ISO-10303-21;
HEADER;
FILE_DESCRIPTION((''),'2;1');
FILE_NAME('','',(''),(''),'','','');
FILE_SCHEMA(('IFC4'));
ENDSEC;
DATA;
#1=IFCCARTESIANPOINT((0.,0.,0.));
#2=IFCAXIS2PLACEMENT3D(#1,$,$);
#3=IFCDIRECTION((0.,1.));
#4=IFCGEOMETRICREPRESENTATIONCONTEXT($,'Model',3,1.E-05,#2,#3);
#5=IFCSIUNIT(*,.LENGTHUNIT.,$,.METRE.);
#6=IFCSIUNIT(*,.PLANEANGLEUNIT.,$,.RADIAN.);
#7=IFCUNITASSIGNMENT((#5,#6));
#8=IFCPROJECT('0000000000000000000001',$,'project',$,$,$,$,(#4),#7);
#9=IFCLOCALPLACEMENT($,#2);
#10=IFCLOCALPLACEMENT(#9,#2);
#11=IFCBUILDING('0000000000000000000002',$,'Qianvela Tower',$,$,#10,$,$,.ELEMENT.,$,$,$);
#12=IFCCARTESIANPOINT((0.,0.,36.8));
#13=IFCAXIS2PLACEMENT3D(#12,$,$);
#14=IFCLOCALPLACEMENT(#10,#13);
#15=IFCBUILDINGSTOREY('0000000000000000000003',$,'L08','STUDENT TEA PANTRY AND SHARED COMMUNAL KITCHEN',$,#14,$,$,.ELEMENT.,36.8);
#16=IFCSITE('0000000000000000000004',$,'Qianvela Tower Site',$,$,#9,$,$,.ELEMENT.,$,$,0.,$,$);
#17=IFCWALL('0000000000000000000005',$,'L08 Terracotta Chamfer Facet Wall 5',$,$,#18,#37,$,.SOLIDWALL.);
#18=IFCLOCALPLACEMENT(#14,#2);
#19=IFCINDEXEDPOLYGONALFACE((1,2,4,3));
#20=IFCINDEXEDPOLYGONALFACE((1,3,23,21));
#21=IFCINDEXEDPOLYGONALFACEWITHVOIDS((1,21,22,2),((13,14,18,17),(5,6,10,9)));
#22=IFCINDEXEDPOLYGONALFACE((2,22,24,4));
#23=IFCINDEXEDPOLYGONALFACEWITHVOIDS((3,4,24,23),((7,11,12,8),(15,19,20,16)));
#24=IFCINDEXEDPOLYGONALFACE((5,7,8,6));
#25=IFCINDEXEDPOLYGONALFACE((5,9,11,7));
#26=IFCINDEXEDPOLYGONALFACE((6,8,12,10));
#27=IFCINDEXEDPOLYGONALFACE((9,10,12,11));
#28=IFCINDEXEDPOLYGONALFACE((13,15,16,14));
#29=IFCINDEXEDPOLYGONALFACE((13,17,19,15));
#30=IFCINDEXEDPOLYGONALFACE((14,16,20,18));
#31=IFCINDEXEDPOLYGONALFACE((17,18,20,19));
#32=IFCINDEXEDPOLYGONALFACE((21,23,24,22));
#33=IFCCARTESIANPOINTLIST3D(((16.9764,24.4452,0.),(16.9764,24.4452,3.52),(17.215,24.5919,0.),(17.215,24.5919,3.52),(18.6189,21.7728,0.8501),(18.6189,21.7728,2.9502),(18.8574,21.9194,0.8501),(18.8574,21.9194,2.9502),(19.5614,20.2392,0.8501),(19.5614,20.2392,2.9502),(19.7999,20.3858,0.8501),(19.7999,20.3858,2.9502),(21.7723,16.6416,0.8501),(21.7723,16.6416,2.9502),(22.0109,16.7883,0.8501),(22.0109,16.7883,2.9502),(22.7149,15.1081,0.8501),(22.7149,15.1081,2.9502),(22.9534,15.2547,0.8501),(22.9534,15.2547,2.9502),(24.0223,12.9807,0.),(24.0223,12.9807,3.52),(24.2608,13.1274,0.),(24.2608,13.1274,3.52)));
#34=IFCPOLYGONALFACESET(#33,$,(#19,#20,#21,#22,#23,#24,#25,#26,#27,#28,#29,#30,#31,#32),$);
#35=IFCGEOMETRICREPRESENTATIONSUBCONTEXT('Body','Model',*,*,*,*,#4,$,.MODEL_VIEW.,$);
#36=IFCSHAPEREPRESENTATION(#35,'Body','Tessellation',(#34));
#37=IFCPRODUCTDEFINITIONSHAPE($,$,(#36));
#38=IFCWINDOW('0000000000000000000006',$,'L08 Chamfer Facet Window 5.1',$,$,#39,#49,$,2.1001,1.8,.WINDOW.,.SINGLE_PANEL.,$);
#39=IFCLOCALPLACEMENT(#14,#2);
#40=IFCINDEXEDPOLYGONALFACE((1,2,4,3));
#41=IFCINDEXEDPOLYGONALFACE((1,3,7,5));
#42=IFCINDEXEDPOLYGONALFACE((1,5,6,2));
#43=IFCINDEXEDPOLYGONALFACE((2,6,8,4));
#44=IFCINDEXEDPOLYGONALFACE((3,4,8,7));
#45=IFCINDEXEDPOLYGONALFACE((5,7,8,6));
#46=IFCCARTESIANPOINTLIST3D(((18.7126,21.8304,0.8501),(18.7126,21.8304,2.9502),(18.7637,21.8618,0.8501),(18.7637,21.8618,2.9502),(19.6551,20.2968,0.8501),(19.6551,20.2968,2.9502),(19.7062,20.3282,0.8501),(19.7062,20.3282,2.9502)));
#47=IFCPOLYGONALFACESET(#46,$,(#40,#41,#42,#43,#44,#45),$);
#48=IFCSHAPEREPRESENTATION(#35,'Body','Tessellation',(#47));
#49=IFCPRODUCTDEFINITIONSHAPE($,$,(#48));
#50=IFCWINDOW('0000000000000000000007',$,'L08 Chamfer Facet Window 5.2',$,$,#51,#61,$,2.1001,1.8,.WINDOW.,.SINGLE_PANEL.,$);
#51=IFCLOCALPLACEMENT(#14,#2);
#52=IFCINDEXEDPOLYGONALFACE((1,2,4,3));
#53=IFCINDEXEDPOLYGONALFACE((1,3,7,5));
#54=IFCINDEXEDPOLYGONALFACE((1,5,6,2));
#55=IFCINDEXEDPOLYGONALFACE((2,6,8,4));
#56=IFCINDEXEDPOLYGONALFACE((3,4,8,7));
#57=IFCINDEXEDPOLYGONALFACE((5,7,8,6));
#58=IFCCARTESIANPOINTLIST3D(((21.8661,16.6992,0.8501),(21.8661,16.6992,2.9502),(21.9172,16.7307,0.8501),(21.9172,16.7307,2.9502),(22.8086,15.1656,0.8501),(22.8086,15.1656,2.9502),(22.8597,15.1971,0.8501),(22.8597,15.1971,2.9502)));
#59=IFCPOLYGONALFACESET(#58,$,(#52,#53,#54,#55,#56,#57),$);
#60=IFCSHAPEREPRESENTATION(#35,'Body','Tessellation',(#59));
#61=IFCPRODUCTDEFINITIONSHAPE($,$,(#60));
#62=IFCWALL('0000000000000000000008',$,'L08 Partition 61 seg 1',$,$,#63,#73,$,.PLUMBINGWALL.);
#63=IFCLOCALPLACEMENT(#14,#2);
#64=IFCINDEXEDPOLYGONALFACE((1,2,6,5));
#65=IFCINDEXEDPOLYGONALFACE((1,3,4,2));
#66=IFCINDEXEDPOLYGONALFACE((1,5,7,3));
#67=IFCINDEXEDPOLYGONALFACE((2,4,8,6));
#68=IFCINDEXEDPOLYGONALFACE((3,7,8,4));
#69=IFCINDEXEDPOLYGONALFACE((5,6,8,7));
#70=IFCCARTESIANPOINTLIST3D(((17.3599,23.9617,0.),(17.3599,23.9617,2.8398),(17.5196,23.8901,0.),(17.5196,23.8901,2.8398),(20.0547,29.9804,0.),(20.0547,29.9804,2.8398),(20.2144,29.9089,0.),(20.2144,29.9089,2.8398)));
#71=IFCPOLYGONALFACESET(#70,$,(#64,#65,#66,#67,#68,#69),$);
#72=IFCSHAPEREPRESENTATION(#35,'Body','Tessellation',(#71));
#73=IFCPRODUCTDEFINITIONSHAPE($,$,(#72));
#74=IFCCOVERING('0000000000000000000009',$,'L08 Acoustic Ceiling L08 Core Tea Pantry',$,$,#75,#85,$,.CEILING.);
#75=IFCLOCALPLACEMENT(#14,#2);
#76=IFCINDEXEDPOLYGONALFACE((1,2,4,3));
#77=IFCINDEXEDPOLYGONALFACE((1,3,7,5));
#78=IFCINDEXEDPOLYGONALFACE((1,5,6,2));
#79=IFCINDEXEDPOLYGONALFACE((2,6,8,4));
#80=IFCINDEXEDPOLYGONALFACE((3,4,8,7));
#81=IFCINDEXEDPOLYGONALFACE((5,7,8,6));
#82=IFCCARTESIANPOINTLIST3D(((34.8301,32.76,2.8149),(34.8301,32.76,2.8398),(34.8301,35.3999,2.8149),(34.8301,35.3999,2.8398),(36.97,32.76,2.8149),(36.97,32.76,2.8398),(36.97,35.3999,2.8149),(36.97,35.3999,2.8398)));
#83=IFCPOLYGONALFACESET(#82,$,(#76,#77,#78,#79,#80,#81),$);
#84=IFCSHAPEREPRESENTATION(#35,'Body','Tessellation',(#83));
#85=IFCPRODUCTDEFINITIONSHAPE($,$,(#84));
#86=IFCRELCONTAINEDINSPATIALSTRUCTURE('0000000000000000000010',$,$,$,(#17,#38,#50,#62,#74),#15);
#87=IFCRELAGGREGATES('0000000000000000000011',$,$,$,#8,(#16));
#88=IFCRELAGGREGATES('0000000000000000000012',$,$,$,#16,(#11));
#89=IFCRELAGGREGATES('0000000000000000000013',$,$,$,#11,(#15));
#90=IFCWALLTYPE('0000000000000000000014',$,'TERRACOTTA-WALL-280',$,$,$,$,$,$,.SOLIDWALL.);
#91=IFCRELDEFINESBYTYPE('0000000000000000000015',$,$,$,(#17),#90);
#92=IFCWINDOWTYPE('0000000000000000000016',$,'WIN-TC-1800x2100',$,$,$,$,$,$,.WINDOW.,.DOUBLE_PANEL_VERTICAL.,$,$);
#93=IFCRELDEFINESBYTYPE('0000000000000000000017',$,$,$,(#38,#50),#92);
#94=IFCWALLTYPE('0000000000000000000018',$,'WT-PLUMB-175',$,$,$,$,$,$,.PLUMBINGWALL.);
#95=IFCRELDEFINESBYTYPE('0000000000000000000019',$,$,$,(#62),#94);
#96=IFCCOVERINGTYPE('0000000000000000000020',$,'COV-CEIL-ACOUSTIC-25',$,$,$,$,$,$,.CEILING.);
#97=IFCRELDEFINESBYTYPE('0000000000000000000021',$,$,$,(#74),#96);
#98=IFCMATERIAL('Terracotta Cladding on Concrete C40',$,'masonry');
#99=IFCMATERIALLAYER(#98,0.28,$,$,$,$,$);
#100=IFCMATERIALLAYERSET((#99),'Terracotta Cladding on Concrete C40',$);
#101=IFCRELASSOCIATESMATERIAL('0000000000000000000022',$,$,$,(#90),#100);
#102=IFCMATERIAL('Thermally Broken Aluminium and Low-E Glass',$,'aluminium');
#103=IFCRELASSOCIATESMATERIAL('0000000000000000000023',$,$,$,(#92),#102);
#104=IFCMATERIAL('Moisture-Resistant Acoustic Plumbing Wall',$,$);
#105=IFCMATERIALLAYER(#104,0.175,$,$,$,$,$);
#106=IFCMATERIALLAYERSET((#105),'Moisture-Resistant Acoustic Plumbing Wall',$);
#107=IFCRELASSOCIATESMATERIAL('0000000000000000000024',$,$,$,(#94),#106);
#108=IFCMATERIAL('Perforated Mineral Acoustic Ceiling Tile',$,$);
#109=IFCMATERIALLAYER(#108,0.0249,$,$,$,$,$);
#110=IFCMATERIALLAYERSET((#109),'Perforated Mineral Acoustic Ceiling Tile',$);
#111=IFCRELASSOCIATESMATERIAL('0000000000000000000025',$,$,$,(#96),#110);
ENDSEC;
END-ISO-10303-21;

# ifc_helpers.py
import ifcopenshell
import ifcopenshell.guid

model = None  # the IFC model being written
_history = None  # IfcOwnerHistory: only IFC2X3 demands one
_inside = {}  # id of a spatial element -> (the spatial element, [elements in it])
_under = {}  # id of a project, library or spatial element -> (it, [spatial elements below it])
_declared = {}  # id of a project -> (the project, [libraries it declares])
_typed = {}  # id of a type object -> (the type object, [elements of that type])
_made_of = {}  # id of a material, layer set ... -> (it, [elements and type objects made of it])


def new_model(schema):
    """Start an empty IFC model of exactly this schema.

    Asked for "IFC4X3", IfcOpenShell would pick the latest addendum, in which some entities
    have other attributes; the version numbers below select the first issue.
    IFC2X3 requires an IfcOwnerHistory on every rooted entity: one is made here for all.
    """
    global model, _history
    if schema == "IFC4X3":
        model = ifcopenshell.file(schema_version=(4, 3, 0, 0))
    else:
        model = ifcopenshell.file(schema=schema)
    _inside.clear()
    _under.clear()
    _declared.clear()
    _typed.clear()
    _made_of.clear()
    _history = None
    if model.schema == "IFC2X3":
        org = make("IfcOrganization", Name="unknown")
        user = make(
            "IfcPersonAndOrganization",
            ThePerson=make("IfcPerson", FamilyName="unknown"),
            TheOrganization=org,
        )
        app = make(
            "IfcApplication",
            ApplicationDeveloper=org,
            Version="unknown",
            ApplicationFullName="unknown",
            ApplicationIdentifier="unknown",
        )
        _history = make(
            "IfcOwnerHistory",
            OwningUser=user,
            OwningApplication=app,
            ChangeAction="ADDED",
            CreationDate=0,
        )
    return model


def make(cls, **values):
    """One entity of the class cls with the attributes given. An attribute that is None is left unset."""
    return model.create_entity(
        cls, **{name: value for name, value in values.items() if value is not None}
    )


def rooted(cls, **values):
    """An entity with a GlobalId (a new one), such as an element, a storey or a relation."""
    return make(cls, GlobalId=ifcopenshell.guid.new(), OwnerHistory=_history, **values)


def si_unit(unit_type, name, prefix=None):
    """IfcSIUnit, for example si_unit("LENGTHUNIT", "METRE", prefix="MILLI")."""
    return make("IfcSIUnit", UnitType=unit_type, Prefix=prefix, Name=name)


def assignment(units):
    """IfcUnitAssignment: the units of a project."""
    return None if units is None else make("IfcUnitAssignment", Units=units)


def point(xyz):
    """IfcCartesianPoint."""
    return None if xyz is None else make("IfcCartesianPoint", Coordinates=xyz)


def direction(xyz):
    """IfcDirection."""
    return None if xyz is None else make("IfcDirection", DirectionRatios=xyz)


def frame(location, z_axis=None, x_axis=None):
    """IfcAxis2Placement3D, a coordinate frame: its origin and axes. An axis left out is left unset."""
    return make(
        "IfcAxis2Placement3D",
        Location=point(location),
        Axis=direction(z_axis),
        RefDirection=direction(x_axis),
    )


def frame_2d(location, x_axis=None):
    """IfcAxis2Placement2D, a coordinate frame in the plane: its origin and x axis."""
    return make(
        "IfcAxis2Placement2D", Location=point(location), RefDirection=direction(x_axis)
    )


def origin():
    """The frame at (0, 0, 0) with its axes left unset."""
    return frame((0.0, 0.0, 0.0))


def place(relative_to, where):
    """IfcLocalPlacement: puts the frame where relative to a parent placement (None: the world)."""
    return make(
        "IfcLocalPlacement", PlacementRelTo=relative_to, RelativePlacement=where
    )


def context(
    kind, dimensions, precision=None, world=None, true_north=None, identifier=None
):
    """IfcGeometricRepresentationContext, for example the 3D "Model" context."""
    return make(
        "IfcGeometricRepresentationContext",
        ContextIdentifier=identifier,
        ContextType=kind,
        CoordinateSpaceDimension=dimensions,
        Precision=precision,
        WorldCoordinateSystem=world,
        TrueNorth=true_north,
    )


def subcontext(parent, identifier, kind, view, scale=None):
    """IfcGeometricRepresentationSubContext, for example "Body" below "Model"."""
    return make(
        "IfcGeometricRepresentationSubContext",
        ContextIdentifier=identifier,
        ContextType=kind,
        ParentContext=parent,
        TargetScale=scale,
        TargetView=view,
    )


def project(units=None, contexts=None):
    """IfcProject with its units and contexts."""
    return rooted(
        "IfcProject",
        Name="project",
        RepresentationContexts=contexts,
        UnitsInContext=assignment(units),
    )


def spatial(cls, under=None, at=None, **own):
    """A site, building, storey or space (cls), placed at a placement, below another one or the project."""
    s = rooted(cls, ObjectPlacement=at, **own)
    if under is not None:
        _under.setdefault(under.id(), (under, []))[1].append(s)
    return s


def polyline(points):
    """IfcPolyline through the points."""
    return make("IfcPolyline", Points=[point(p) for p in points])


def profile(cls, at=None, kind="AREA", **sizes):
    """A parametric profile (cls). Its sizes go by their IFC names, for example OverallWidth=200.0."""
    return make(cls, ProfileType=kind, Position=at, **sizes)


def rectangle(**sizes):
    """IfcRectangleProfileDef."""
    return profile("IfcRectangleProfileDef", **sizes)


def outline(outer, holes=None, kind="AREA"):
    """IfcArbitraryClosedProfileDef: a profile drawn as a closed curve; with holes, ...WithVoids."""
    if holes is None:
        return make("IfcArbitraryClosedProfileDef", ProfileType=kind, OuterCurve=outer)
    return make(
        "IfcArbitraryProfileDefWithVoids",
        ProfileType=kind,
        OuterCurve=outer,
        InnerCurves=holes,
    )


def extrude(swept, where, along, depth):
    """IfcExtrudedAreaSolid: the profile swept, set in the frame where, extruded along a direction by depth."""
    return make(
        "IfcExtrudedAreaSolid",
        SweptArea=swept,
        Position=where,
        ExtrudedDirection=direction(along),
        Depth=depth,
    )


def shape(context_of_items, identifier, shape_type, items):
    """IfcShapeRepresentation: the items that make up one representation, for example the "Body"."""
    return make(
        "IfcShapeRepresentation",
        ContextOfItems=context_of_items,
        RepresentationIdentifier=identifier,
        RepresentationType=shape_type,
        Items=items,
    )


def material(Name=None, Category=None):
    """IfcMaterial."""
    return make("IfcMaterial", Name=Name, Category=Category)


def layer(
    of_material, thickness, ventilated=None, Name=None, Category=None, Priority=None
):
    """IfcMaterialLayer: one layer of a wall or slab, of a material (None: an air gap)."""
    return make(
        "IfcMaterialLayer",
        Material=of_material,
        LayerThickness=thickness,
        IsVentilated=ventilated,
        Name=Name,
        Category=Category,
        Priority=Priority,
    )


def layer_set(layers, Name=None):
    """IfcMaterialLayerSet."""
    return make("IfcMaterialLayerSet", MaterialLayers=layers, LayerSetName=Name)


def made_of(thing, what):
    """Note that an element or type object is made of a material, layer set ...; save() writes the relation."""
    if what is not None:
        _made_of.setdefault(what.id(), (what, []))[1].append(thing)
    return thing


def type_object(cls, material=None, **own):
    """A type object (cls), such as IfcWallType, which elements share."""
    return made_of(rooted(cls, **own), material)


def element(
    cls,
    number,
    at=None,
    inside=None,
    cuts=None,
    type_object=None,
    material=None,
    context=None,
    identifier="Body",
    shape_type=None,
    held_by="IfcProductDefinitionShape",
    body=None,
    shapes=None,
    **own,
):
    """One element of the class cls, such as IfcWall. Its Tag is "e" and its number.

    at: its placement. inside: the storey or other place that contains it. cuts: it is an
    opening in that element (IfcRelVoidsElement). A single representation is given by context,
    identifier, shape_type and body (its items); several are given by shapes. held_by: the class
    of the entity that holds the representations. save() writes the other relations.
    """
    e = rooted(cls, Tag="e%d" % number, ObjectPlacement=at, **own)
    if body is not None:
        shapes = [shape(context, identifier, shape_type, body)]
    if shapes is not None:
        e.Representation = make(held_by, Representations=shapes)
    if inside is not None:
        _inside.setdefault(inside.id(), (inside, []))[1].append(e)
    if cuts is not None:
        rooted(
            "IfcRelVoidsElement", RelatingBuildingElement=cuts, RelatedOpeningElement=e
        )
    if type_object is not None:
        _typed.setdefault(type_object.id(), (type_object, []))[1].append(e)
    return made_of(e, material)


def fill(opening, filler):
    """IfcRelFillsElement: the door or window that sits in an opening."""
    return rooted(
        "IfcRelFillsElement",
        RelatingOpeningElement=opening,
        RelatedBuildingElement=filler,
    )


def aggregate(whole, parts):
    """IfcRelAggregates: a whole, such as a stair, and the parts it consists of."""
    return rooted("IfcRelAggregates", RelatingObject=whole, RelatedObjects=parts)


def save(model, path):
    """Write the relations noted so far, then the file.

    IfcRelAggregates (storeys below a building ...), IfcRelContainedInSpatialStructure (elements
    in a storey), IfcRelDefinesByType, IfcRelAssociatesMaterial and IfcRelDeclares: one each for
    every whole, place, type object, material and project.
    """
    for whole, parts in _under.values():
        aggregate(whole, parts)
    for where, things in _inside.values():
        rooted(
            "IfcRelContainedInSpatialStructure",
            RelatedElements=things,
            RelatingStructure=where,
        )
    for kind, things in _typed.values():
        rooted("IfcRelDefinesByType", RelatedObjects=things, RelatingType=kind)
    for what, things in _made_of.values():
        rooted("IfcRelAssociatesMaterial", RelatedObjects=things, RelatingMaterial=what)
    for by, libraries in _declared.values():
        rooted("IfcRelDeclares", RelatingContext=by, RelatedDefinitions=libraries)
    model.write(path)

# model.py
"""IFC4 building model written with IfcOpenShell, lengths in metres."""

from ifc_helpers import new_model, si_unit, direction, frame, frame_2d, origin, place, context, subcontext, project, spatial, polyline, rectangle, outline, extrude, material, layer, layer_set, type_object, element, fill, save


model = new_model("IFC4")

# Units and contexts
model_context = context("Model", 3, precision=1e-05, world=origin(), true_north=direction((0.0, 1.0)))
body_context = subcontext(model_context, "Body", "Model", "MODEL_VIEW")
ifc_project = project(units=[si_unit("LENGTHUNIT", "METRE"), si_unit("PLANEANGLEUNIT", "RADIAN")], contexts=[model_context])

# Site, building, storey
site_placement = place(None, origin())
site = spatial("IfcSite", under=ifc_project, at=site_placement, Name="Qianvela Tower Site", CompositionType="ELEMENT", RefElevation=0.0)
building_placement = place(site_placement, origin())
building = spatial("IfcBuilding", under=site, at=building_placement, Name="Qianvela Tower", CompositionType="ELEMENT")
storey_placement = place(building_placement, frame((0.0, 0.0, 36.8)))
storey = spatial("IfcBuildingStorey", under=building, at=storey_placement, Name="L08", Description="STUDENT TEA PANTRY AND SHARED COMMUNAL KITCHEN", CompositionType="ELEMENT", Elevation=36.8)

# Wall, openings, windows
ifc_material_1 = material(Name="Terracotta Cladding on Concrete C40", Category="masonry")
ifc_layer_1 = layer(ifc_material_1, 0.28)
ifc_layer_set_1 = layer_set([ifc_layer_1], Name="Terracotta Cladding on Concrete C40")
wall_type_1 = type_object("IfcWallType", Name="TERRACOTTA-WALL-280", PredefinedType="SOLIDWALL", material=ifc_layer_set_1)
wall_1_placement = place(storey_placement, frame((17.0957, 24.5186, 0.0), z_axis=(0.0, 0.0, 1.0), x_axis=(0.523599, -0.851965, 0.0)))
wall_1 = element("IfcWall", 1, at=wall_1_placement, inside=storey, type_object=wall_type_1, Name="L08 Terracotta Chamfer Facet Wall 5", PredefinedType="SOLIDWALL", context=body_context, shape_type="SweptSolid", body=[
    extrude(rectangle(XDim=13.4565, YDim=0.28, at=frame_2d((6.7283, 0.0))), origin(), (0.0, 0.0, 1.0), 3.52),
])
opening_1_placement = place(wall_1_placement, frame((3.137, 0.0, 0.8501)))
opening_1 = element("IfcOpeningElement", 2, at=opening_1_placement, cuts=wall_1, PredefinedType="OPENING", context=body_context, shape_type="SweptSolid", body=[
    extrude(rectangle(XDim=1.8, YDim=2.1001, at=frame_2d((0.8999, 1.05))), frame((0.0, 0.1499, 0.0), z_axis=(0.0, -1.0, 0.0), x_axis=(1.0, 0.0, 0.0)), (0.0, 0.0, 1.0), 0.3),
])
opening_2_placement = place(wall_1_placement, frame((9.1597, 0.0, 0.8501)))
opening_2 = element("IfcOpeningElement", 3, at=opening_2_placement, cuts=wall_1, PredefinedType="OPENING", context=body_context, shape_type="SweptSolid", body=[
    extrude(rectangle(XDim=1.8, YDim=2.1001, at=frame_2d((0.8999, 1.05))), frame((0.0, 0.1499, 0.0), z_axis=(0.0, -1.0, 0.0), x_axis=(1.0, 0.0, 0.0)), (0.0, 0.0, 1.0), 0.3),
])
ifc_material_2 = material(Name="Thermally Broken Aluminium and Low-E Glass", Category="aluminium")
window_type = type_object("IfcWindowType", Name="WIN-TC-1800x2100", PartitioningType="DOUBLE_PANEL_VERTICAL", PredefinedType="WINDOW", material=ifc_material_2)
window_1_placement = place(opening_1_placement, origin())
window_1 = element("IfcWindow", 4, at=window_1_placement, inside=storey, type_object=window_type, Name="L08 Chamfer Facet Window 5.1", OverallHeight=2.1001, OverallWidth=1.8, PartitioningType="SINGLE_PANEL", PredefinedType="WINDOW", context=body_context, shape_type="SweptSolid", body=[
    extrude(rectangle(XDim=1.8, YDim=2.1001, at=frame_2d((0.8999, 1.05))), frame((0.0, 0.03, 0.0), z_axis=(0.0, -1.0, 0.0), x_axis=(1.0, 0.0, 0.0)), (0.0, 0.0, 1.0), 0.0601),
])
fill(opening_1, window_1)
window_2_placement = place(opening_2_placement, origin())
window_2 = element("IfcWindow", 5, at=window_2_placement, inside=storey, type_object=window_type, Name="L08 Chamfer Facet Window 5.2", OverallHeight=2.1001, OverallWidth=1.8, PartitioningType="SINGLE_PANEL", PredefinedType="WINDOW", context=body_context, shape_type="SweptSolid", body=[
    extrude(rectangle(XDim=1.8, YDim=2.1001, at=frame_2d((0.8999, 1.05))), frame((0.0, 0.03, 0.0), z_axis=(0.0, -1.0, 0.0), x_axis=(1.0, 0.0, 0.0)), (0.0, 0.0, 1.0), 0.0601),
])
fill(opening_2, window_2)

# Wall
ifc_material_3 = material(Name="Moisture-Resistant Acoustic Plumbing Wall")
ifc_layer_2 = layer(ifc_material_3, 0.175)
ifc_layer_set_2 = layer_set([ifc_layer_2], Name="Moisture-Resistant Acoustic Plumbing Wall")
wall_type_2 = type_object("IfcWallType", Name="WT-PLUMB-175", PredefinedType="PLUMBINGWALL", material=ifc_layer_set_2)
wall_2_placement = place(storey_placement, frame((17.4397, 23.9258, 0.0), z_axis=(0.0, 0.0, 1.0), x_axis=(0.408644, 0.912694, 0.0)))
element("IfcWall", 6, at=wall_2_placement, inside=storey, type_object=wall_type_2, Name="L08 Partition 61 seg 1", PredefinedType="PLUMBINGWALL", context=body_context, shape_type="SweptSolid", body=[
    extrude(rectangle(XDim=6.5945, YDim=0.175, at=frame_2d((3.2974, 0.0))), origin(), (0.0, 0.0, 1.0), 2.8398),
])

# Covering
ifc_material_4 = material(Name="Perforated Mineral Acoustic Ceiling Tile")
ifc_layer_3 = layer(ifc_material_4, 0.0249)
ifc_layer_set_3 = layer_set([ifc_layer_3], Name="Perforated Mineral Acoustic Ceiling Tile")
covering_type_1 = type_object("IfcCoveringType", Name="COV-CEIL-ACOUSTIC-25", PredefinedType="CEILING", material=ifc_layer_set_3)
covering_1_placement = place(storey_placement, frame((0.0, 0.0, 2.8149)))
element("IfcCovering", 7, at=covering_1_placement, inside=storey, type_object=covering_type_1, Name="L08 Acoustic Ceiling L08 Core Tea Pantry", PredefinedType="CEILING", context=body_context, shape_type="SweptSolid", body=[
    extrude(outline(polyline([(36.97, 32.76), (34.8301, 32.76), (34.8301, 35.3999), (36.97, 35.3999), (36.97, 32.76)])), origin(), (0.0, 0.0, 1.0), 0.0249),
])

save(model, "model.ifc")
